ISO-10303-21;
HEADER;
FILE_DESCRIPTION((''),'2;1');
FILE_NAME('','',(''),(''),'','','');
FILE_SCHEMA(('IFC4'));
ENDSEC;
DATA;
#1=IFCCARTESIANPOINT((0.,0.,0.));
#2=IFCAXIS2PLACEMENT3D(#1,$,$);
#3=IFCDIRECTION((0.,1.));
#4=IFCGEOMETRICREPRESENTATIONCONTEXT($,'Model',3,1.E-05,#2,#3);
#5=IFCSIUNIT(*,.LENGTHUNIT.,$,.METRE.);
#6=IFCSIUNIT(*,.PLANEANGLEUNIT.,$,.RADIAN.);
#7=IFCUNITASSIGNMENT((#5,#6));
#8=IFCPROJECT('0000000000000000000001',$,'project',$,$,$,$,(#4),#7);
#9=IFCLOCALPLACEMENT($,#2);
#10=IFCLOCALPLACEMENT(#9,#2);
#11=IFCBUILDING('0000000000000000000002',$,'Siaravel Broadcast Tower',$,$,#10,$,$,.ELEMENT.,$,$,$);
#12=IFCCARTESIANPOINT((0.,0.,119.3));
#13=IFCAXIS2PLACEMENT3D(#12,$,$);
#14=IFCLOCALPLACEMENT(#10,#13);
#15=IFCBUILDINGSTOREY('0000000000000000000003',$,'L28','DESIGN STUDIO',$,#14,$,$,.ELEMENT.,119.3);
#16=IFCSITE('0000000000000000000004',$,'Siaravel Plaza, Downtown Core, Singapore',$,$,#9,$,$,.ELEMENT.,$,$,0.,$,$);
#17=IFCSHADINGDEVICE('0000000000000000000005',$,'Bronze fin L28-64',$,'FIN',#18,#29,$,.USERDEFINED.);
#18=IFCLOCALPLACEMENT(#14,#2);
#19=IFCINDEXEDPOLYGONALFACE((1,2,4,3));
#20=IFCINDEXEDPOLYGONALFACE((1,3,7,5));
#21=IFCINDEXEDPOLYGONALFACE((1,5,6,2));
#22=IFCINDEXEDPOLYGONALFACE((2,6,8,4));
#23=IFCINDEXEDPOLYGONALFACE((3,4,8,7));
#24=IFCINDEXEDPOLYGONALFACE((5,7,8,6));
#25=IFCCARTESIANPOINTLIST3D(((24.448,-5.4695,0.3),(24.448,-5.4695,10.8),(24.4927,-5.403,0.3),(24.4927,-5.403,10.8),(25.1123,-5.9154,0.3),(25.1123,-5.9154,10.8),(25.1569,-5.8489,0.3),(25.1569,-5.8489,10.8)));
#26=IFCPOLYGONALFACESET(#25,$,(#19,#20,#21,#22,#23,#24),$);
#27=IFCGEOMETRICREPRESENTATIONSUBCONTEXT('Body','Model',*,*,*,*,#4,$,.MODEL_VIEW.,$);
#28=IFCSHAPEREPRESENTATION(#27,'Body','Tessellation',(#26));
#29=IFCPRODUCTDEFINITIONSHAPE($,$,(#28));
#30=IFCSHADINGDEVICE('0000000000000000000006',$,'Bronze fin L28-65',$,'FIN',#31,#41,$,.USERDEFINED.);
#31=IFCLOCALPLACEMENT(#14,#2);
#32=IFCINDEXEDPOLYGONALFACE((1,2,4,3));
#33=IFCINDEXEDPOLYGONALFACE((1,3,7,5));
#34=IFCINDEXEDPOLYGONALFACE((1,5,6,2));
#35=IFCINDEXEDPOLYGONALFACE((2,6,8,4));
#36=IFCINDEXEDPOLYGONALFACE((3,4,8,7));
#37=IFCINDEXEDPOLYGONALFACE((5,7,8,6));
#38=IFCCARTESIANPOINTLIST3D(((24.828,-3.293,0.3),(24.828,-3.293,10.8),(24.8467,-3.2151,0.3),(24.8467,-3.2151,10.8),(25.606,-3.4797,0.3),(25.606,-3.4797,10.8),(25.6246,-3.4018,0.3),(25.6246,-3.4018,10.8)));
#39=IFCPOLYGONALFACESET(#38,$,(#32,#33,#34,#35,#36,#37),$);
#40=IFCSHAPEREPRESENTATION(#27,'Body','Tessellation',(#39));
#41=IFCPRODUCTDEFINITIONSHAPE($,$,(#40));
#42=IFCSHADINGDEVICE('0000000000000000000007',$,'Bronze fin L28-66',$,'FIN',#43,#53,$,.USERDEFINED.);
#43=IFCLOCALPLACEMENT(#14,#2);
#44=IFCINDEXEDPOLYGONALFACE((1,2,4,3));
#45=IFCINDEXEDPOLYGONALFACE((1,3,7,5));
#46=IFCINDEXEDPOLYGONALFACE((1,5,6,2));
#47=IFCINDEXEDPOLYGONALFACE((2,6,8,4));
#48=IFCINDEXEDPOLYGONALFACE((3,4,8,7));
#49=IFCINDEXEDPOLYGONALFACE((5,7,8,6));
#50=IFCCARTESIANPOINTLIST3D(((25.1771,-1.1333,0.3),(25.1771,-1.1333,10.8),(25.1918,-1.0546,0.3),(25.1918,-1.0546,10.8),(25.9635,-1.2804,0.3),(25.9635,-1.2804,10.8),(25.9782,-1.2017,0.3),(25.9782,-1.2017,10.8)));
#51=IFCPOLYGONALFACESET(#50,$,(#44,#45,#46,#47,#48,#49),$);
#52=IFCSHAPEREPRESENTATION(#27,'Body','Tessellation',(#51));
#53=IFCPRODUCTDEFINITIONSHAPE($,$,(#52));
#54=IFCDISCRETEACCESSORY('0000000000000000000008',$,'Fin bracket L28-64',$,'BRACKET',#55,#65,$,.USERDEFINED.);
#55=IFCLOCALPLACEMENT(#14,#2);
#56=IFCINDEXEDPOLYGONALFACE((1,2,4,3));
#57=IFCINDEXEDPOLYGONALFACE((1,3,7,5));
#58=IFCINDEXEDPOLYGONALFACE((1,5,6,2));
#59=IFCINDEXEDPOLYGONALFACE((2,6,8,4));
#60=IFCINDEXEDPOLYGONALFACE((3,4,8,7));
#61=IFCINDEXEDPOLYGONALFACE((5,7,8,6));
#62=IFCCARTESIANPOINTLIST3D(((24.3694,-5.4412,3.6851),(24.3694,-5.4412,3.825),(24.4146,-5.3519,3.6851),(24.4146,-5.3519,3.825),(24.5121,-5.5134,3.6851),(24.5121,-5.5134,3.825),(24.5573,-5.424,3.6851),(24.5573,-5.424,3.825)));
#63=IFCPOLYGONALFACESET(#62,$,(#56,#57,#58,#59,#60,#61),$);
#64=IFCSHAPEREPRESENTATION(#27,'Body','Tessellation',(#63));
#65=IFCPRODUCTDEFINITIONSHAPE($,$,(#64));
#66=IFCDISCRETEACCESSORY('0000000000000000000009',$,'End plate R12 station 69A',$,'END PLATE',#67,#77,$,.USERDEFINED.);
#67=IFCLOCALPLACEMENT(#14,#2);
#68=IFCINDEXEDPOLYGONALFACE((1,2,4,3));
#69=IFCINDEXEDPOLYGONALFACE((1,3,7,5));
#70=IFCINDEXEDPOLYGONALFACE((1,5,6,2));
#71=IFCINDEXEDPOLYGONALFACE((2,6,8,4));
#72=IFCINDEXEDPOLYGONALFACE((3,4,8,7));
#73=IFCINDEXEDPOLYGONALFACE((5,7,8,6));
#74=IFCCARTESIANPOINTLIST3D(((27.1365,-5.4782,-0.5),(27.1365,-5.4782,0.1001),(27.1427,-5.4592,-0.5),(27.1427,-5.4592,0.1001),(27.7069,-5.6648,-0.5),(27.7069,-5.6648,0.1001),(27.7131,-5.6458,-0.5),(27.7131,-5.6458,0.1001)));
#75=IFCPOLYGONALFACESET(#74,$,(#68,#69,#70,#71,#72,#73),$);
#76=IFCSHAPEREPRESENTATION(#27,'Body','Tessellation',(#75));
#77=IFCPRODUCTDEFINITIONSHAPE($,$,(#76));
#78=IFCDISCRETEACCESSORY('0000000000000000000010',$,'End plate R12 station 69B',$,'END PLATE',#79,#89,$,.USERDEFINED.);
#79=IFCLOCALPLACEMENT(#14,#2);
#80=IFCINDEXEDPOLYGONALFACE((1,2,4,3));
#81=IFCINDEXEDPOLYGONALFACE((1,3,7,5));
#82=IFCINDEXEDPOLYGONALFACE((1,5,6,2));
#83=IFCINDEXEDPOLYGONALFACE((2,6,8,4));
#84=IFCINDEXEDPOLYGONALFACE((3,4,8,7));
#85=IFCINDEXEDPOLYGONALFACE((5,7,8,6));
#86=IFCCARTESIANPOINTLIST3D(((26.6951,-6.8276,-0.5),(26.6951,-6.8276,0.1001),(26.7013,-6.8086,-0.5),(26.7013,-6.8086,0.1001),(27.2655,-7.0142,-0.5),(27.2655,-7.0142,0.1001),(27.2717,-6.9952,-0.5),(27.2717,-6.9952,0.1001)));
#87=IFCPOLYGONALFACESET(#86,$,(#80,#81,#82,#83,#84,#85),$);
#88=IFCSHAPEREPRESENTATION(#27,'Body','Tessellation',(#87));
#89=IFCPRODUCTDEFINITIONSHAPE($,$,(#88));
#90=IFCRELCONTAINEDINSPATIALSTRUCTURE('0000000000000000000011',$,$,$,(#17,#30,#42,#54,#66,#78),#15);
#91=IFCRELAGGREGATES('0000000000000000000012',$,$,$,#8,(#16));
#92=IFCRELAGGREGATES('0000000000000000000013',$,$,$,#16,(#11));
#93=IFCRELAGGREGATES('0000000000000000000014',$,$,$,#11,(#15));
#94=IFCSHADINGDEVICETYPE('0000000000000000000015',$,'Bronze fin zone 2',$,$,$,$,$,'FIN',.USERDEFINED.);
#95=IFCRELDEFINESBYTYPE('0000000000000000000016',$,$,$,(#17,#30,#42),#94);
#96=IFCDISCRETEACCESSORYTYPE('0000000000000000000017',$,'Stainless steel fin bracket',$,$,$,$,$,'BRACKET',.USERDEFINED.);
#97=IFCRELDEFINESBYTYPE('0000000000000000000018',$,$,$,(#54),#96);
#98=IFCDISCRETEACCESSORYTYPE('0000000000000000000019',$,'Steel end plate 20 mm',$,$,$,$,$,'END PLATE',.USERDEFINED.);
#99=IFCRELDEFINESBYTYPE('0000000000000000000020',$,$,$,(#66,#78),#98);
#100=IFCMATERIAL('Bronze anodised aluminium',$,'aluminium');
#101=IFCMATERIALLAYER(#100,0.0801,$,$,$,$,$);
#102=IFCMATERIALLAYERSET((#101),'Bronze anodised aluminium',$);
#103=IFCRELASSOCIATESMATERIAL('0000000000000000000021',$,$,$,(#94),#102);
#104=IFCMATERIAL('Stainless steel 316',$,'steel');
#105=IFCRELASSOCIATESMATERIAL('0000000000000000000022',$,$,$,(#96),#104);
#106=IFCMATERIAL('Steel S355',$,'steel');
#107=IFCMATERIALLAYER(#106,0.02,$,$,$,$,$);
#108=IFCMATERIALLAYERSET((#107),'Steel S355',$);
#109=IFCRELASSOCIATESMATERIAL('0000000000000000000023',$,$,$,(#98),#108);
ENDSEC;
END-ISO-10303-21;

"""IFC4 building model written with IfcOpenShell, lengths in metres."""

from ifc_helpers import new_model, si_unit, direction, frame, origin, origin_2d, place, context, subcontext, project, spatial, rectangle, extrude, material, layer, layer_set, type_object, element, save


model = new_model("IFC4")

# Units and contexts
model_context = context("Model", 3, precision=1e-05, world=origin(), true_north=direction((0.0, 1.0)))
body_context = subcontext(model_context, "Body", "Model", "MODEL_VIEW")
ifc_project = project(units=[si_unit("LENGTHUNIT", "METRE"), si_unit("PLANEANGLEUNIT", "RADIAN")], contexts=[model_context])

# Site, building, storey
site_placement = place(None, origin())
site = spatial("IfcSite", under=ifc_project, at=site_placement, Name="Siaravel Plaza, Downtown Core, Singapore", CompositionType="ELEMENT", RefElevation=0.0)
building_placement = place(site_placement, origin())
building = spatial("IfcBuilding", under=site, at=building_placement, Name="Siaravel Broadcast Tower", CompositionType="ELEMENT")
storey_placement = place(building_placement, frame((0.0, 0.0, 119.3)))
storey = spatial("IfcBuildingStorey", under=building, at=storey_placement, Name="L28", Description="DESIGN STUDIO", CompositionType="ELEMENT", Elevation=119.3)

# Shared definitions
ifc_material_1 = material(Name="Steel S355", Category="steel")

# Shading devices
ifc_material_2 = material(Name="Bronze anodised aluminium", Category="aluminium")
ifc_layer_1 = layer(ifc_material_2, 0.0801)
ifc_layer_set_1 = layer_set([ifc_layer_1], Name="Bronze anodised aluminium")
shading_device_type = type_object("IfcShadingDeviceType", Name="Bronze fin zone 2", ElementType="FIN", PredefinedType="USERDEFINED", material=ifc_layer_set_1)
for number, where, z_axis, x_axis, name in (
    (1, (24.8025, -5.6592, 0.3), (0.0, 0.0, 1.0), (0.830273, -0.557357, 0.0), "Bronze fin L28-64"),
    (2, (25.2263, -3.3474, 0.3), (0.0, 0.0, 1.0), (0.972394, -0.233345, 0.0), "Bronze fin L28-65"),
    (3, (25.5776, -1.1675, 0.3), (0.0, 0.0, 1.0), (0.982943, -0.18391, 0.0), "Bronze fin L28-66"),
):
    element("IfcShadingDevice", number, at=place(storey_placement, frame(where, z_axis=z_axis, x_axis=x_axis)), inside=storey, type_object=shading_device_type, Name=name, ObjectType="FIN", PredefinedType="USERDEFINED", context=body_context, shape_type="SweptSolid", body=[
        extrude(rectangle(XDim=0.8, YDim=0.0801, at=origin_2d()), origin(), (0.0, 0.0, 1.0), 10.5),
    ])

# Discrete accessories
ifc_material_3 = material(Name="Stainless steel 316", Category="steel")
discrete_accessory_type_1 = type_object("IfcDiscreteAccessoryType", Name="Stainless steel fin bracket", ElementType="BRACKET", PredefinedType="USERDEFINED", material=ifc_material_3)
discrete_accessory_placement = place(storey_placement, frame((24.4634, -5.4326, 3.6851), z_axis=(0.0, 0.0, 1.0), x_axis=(0.892392, -0.451261, 0.0)))
element("IfcDiscreteAccessory", 4, at=discrete_accessory_placement, inside=storey, type_object=discrete_accessory_type_1, Name="Fin bracket L28-64", ObjectType="BRACKET", PredefinedType="USERDEFINED", context=body_context, shape_type="SweptSolid", body=[
    extrude(rectangle(XDim=0.1599, YDim=0.1001, at=origin_2d()), origin(), (0.0, 0.0, 1.0), 0.1399),
])
ifc_layer_2 = layer(ifc_material_1, 0.02)
ifc_layer_set_2 = layer_set([ifc_layer_2], Name="Steel S355")
discrete_accessory_type_2 = type_object("IfcDiscreteAccessoryType", Name="Steel end plate 20 mm", ElementType="END PLATE", PredefinedType="USERDEFINED", material=ifc_layer_set_2)
for number, where, z_axis, x_axis, name in (
    (5, (27.4248, -5.562, -0.5), (0.0, 0.0, 1.0), (0.310909, 0.95044, 0.0), "End plate R12 station 69A"),
    (6, (26.9834, -6.9114, -0.5), (0.0, 0.0, 1.0), (0.310909, 0.95044, 0.0), "End plate R12 station 69B"),
):
    element("IfcDiscreteAccessory", number, at=place(storey_placement, frame(where, z_axis=z_axis, x_axis=x_axis)), inside=storey, type_object=discrete_accessory_type_2, Name=name, ObjectType="END PLATE", PredefinedType="USERDEFINED", context=body_context, shape_type="SweptSolid", body=[
        extrude(rectangle(XDim=0.02, YDim=0.6001, at=origin_2d()), origin(), (0.0, 0.0, 1.0), 0.6001),
    ])

save(model, "model.ifc")
